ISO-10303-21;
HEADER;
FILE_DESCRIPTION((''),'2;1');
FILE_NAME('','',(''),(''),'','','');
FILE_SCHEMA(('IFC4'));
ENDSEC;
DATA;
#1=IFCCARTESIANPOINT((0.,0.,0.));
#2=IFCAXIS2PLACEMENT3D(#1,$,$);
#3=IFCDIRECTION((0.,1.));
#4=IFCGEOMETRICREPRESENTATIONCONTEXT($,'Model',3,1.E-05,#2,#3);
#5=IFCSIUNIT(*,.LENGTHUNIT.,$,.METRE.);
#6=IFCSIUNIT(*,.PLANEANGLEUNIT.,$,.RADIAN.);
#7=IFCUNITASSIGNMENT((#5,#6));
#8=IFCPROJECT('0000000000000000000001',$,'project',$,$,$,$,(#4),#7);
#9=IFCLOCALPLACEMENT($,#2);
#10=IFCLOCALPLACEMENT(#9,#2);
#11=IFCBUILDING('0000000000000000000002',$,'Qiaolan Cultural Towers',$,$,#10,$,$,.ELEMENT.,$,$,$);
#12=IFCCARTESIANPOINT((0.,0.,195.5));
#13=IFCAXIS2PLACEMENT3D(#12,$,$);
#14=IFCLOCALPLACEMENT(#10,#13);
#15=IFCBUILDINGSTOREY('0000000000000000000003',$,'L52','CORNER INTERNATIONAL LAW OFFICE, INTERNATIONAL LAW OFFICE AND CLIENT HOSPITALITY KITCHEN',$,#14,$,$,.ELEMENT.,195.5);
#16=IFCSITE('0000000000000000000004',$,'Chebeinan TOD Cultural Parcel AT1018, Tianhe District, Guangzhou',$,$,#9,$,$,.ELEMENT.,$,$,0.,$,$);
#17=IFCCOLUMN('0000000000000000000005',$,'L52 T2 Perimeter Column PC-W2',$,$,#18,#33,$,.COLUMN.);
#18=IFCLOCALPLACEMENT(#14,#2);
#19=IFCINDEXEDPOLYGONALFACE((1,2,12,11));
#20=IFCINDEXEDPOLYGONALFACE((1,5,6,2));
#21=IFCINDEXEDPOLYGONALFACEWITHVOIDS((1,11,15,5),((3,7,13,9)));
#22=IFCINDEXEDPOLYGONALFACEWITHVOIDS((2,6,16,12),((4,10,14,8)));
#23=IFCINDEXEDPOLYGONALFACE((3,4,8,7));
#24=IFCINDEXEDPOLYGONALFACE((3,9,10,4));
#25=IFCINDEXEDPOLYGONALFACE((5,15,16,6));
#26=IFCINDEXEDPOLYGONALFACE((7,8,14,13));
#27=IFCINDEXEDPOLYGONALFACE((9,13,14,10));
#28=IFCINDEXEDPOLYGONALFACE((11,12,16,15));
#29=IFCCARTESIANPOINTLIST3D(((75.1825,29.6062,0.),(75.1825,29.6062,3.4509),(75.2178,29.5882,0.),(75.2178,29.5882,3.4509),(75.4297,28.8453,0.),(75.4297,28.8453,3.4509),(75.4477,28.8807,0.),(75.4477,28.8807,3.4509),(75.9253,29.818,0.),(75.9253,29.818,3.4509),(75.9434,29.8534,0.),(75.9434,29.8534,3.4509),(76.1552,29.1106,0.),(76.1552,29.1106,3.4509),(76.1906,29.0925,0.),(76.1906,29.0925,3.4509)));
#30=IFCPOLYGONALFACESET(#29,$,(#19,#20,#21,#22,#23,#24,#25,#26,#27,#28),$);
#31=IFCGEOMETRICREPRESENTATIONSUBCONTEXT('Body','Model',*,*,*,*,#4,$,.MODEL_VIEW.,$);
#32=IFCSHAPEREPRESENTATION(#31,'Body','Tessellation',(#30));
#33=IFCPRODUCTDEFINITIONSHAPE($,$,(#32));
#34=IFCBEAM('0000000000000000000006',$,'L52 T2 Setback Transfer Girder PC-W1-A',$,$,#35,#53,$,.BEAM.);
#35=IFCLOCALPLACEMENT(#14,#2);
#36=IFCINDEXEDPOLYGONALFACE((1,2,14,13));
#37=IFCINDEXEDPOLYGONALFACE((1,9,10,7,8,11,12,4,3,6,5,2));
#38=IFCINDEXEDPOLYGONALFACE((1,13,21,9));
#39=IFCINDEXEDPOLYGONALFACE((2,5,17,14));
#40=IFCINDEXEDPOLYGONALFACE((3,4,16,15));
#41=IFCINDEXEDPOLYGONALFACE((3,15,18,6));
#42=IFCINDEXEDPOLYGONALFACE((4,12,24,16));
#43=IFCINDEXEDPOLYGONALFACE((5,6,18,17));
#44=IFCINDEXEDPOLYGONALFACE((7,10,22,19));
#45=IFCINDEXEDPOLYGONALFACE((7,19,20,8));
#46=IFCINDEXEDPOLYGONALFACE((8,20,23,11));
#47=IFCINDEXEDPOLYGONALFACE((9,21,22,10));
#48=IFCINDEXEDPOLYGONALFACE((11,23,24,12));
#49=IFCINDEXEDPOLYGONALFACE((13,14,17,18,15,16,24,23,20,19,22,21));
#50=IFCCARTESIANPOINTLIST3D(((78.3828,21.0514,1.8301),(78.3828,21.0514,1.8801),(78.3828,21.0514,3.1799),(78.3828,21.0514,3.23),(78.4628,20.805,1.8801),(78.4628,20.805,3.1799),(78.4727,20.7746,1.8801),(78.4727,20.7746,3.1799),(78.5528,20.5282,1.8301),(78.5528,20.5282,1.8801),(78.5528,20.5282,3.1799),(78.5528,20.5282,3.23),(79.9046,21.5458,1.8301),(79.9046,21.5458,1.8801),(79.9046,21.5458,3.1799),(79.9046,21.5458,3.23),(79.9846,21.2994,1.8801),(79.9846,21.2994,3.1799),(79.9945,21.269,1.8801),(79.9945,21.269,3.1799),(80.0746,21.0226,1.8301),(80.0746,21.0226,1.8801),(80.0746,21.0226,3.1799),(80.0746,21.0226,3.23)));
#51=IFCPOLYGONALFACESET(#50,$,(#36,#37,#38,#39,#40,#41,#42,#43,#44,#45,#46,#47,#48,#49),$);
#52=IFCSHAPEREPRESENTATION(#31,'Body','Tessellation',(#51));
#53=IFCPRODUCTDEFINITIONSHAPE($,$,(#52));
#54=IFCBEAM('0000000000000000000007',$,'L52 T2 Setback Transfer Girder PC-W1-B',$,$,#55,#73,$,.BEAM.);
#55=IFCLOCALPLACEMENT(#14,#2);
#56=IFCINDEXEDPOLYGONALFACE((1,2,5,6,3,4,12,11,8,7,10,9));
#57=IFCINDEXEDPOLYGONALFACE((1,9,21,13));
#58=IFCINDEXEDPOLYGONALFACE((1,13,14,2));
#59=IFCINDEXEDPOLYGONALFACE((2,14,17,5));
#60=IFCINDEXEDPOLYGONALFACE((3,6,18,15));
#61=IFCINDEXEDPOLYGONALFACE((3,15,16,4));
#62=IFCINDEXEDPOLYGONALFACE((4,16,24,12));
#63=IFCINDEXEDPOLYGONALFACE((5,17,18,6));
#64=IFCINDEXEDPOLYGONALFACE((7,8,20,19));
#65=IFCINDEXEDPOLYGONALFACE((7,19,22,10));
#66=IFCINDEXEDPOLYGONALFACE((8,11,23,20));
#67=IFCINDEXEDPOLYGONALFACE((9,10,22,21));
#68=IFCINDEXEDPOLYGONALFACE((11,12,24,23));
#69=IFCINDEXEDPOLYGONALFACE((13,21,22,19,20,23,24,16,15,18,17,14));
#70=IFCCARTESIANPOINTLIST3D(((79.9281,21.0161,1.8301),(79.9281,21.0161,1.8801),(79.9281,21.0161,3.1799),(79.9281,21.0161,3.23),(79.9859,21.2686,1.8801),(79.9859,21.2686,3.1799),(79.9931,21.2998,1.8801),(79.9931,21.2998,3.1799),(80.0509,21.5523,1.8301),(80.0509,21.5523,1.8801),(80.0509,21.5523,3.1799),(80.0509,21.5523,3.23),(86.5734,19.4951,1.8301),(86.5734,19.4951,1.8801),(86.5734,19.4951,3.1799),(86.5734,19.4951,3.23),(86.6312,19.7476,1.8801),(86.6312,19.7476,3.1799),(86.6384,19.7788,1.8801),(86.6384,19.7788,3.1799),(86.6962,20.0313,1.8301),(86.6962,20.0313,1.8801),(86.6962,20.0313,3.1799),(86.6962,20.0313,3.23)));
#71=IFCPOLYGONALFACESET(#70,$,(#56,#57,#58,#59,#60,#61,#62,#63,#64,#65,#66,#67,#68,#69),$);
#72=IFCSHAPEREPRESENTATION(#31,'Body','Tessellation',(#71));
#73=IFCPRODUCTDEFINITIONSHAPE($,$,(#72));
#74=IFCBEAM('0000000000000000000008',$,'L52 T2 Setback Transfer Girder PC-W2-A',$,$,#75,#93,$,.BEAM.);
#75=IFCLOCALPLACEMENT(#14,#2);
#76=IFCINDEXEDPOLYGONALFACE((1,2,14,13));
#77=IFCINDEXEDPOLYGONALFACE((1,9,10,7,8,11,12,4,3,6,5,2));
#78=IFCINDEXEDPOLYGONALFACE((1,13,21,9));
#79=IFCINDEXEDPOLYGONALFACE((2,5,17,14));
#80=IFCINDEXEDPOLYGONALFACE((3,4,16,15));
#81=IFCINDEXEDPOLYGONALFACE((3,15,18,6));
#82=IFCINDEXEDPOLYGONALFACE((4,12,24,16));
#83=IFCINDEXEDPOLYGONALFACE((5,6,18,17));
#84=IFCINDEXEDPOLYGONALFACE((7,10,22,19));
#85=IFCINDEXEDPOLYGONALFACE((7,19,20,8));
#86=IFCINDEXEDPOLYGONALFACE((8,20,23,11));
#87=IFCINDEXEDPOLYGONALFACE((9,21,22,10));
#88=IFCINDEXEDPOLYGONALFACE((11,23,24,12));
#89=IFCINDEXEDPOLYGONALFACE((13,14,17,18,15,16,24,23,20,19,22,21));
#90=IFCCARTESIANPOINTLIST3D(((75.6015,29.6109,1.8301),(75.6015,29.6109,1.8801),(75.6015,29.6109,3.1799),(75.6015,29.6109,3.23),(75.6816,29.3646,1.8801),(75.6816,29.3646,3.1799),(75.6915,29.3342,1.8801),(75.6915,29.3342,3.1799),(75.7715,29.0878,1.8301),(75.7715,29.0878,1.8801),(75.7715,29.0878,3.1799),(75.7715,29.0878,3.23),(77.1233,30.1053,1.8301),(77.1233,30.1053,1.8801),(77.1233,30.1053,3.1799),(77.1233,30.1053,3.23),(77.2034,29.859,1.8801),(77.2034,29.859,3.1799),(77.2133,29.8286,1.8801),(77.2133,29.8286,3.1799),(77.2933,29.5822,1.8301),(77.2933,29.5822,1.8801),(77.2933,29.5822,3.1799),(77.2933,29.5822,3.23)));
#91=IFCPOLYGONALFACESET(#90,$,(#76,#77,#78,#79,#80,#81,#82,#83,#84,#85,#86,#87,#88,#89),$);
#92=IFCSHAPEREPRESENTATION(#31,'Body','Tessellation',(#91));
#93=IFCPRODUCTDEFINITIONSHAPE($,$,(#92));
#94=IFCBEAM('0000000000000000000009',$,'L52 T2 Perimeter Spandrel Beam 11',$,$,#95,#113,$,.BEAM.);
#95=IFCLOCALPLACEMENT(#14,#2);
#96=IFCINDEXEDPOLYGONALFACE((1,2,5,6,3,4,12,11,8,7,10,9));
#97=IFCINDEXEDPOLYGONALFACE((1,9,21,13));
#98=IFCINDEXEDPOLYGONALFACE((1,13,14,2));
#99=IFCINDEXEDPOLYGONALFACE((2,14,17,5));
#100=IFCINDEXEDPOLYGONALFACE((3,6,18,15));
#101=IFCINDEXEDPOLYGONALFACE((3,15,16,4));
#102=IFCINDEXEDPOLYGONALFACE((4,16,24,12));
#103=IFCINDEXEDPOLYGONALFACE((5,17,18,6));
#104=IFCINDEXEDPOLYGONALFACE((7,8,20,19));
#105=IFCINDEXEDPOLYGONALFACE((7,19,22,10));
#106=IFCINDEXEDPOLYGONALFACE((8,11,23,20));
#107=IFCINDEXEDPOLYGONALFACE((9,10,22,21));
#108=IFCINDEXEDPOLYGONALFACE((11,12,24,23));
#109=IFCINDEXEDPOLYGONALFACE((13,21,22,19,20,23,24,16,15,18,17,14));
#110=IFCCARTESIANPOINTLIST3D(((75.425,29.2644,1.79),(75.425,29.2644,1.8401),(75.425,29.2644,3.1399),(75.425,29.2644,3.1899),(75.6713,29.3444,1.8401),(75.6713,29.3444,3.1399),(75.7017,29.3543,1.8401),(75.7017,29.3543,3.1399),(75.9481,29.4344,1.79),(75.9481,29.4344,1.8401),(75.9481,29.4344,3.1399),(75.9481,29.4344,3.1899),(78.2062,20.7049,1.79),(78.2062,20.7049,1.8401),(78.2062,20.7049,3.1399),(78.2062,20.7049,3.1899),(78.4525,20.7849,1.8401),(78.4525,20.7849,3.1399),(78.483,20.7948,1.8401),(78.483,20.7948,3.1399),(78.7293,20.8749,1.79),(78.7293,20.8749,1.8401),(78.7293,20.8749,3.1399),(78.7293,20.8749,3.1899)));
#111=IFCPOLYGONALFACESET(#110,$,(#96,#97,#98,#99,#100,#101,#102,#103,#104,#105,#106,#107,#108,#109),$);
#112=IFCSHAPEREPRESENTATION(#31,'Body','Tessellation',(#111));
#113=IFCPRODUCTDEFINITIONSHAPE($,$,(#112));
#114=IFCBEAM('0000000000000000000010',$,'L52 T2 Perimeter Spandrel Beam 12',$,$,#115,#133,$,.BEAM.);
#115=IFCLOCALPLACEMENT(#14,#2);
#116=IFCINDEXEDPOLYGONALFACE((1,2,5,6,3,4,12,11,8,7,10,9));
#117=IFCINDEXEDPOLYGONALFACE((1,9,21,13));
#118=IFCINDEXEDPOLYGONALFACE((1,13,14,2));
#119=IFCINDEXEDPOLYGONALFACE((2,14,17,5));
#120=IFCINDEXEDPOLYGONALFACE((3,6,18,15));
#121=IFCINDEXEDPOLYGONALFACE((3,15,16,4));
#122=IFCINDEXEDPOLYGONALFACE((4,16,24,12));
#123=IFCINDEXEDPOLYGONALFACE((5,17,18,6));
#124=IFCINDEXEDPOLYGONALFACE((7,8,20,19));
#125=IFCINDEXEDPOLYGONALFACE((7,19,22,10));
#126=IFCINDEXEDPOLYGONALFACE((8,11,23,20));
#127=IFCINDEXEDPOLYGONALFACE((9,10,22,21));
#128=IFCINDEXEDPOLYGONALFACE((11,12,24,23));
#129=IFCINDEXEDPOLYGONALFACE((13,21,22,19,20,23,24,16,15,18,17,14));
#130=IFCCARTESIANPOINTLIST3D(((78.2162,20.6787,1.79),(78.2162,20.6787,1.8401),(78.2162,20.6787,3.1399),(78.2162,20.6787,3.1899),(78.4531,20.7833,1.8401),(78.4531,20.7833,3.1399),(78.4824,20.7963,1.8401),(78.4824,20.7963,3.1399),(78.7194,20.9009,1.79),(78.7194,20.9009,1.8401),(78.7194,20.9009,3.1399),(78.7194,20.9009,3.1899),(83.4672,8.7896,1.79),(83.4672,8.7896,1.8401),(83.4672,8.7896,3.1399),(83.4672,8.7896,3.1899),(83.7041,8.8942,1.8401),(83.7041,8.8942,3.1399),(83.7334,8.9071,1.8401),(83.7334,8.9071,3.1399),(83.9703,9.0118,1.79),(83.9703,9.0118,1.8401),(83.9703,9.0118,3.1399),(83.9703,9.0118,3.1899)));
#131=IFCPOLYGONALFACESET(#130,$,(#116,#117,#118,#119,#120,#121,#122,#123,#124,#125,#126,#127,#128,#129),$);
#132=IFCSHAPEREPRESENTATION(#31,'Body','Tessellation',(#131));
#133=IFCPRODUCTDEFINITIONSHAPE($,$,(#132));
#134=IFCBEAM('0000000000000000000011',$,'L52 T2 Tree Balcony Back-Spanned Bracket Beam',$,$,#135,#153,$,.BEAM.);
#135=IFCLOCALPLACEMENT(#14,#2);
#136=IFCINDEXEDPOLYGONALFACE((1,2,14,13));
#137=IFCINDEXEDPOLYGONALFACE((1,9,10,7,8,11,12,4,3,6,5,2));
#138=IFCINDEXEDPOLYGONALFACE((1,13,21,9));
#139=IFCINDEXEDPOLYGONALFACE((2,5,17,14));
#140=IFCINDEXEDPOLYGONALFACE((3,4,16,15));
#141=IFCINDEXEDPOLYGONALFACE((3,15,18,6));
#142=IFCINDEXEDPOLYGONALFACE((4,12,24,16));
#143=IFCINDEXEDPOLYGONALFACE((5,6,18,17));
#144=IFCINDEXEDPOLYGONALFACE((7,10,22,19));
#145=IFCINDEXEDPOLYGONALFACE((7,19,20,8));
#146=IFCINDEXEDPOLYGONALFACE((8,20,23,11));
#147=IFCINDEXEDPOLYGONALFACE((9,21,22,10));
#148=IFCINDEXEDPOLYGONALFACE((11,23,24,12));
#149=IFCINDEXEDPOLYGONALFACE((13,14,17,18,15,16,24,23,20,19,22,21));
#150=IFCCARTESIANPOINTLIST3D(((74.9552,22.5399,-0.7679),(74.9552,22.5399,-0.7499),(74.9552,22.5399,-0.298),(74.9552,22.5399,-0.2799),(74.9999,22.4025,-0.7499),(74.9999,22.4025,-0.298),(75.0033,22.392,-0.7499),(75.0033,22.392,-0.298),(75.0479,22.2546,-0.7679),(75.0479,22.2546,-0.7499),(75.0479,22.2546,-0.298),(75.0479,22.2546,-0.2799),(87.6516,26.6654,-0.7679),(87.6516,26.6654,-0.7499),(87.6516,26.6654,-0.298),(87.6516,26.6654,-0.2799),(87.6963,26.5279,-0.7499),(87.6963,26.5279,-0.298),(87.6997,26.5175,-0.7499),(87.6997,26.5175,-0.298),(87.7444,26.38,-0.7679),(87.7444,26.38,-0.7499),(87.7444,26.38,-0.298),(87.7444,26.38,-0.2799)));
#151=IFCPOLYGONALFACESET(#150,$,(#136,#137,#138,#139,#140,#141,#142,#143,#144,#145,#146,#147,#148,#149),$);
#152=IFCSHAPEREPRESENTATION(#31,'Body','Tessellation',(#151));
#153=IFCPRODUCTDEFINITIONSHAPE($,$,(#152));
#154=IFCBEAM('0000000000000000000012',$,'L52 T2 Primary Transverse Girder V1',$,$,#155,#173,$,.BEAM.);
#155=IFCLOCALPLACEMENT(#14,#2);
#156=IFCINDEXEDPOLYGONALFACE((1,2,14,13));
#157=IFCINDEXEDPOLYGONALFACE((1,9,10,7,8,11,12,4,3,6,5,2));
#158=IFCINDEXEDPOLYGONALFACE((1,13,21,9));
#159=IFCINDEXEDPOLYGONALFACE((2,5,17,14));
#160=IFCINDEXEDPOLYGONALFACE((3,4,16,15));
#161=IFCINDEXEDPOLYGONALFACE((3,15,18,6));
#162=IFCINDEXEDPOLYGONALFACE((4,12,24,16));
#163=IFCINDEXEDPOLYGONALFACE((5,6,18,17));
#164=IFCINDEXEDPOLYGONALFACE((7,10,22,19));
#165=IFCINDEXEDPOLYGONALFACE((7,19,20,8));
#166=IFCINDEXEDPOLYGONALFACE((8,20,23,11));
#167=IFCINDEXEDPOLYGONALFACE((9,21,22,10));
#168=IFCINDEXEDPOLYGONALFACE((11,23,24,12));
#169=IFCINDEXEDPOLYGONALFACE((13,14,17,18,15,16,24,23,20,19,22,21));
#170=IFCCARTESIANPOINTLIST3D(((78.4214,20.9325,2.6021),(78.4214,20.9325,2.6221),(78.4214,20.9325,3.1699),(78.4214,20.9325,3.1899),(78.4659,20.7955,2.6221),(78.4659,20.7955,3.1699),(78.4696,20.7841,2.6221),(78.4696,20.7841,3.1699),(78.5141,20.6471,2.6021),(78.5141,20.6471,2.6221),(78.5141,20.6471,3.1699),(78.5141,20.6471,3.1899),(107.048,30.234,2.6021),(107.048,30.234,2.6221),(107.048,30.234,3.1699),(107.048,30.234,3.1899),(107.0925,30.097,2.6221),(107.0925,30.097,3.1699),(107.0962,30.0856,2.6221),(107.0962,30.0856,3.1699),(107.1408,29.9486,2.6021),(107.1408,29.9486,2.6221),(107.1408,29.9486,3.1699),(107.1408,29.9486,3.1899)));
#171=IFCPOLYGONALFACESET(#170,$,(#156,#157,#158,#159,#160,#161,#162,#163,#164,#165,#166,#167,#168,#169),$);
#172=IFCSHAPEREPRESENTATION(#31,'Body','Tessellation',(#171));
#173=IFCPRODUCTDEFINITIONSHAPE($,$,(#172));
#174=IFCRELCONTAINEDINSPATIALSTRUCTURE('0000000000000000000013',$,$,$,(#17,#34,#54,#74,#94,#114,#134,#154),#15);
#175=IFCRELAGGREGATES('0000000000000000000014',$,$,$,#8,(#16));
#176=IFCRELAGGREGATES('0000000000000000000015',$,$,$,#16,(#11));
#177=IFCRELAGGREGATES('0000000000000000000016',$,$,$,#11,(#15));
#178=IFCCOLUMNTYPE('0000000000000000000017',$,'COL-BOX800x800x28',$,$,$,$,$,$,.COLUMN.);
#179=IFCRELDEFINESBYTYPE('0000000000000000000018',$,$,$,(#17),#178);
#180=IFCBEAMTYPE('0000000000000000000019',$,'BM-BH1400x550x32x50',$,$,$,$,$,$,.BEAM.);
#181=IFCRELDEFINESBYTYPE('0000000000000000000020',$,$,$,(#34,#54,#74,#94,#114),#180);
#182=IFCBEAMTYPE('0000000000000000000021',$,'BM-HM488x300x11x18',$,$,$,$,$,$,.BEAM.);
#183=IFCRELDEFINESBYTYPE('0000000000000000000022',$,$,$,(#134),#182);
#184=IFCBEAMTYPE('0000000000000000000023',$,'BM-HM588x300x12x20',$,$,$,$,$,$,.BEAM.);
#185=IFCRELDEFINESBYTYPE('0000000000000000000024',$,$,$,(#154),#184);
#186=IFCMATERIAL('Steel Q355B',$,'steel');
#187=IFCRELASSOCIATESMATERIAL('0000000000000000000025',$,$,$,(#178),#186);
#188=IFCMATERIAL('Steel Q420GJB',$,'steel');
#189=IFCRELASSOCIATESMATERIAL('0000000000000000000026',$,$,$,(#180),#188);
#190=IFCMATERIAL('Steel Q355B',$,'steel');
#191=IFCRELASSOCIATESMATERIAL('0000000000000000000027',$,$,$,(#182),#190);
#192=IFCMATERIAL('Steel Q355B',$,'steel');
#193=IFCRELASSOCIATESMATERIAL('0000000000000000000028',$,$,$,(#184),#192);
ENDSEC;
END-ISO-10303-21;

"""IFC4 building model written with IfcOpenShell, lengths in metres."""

from ifc_helpers import new_model, si_unit, direction, frame, origin, origin_2d, place, context, subcontext, project, spatial, hollow_rectangle, i_section, extrude, material, material_profile, profile_set, type_object, element, save


model = new_model("IFC4")

# Units and contexts
model_context = context("Model", 3, precision=1e-05, world=origin(), true_north=direction((0.0, 1.0)))
body_context = subcontext(model_context, "Body", "Model", "MODEL_VIEW")
ifc_project = project(units=[si_unit("LENGTHUNIT", "METRE"), si_unit("PLANEANGLEUNIT", "RADIAN")], contexts=[model_context])

# Site, building, storey
site_placement = place(None, origin())
site = spatial("IfcSite", under=ifc_project, at=site_placement, Name="Chebeinan TOD Cultural Parcel AT1018, Tianhe District, Guangzhou", CompositionType="ELEMENT", RefElevation=0.0)
building_placement = place(site_placement, origin())
building = spatial("IfcBuilding", under=site, at=building_placement, Name="Qiaolan Cultural Towers", CompositionType="ELEMENT")
storey_placement = place(building_placement, frame((0.0, 0.0, 195.5)))
storey = spatial("IfcBuildingStorey", under=building, at=storey_placement, Name="L52", Description="CORNER INTERNATIONAL LAW OFFICE, INTERNATIONAL LAW OFFICE AND CLIENT HOSPITALITY KITCHEN", CompositionType="ELEMENT", Elevation=195.5)

# Column
ifc_material_1 = material(Name="Steel Q355B", Category="steel")
ifc_material_profile_1 = material_profile(ifc_material_1, hollow_rectangle(XDim=0.8, YDim=0.8, WallThickness=0.0281, at=origin_2d()), Name="BOX800x800x28")
ifc_profile_set_1 = profile_set([ifc_material_profile_1], Name="Steel Q355B")
column_type = type_object("IfcColumnType", Name="COL-BOX800x800x28", PredefinedType="COLUMN", material=ifc_profile_set_1)
column_placement = place(storey_placement, frame((75.6865, 29.3494, 0.0), z_axis=(0.0, 0.0, 1.0), x_axis=(0.951057, 0.309017, 0.0)))
element("IfcColumn", 1, at=column_placement, inside=storey, type_object=column_type, Name="L52 T2 Perimeter Column PC-W2", PredefinedType="COLUMN", context=body_context, shape_type="SweptSolid", body=[
    extrude(hollow_rectangle(XDim=0.8, YDim=0.8, WallThickness=0.0281, at=origin_2d()), origin(), (0.0, 0.0, 1.0), 3.4509),
])

# Beams
ifc_material_2 = material(Name="Steel Q420GJB", Category="steel")
ifc_material_profile_2 = material_profile(ifc_material_2, i_section(OverallWidth=0.55, OverallDepth=1.3999, WebThickness=0.032, FlangeThickness=0.05, at=origin_2d()), Name="BH1400x550x32x50")
ifc_profile_set_2 = profile_set([ifc_material_profile_2], Name="Steel Q420GJB")
beam_type_1 = type_object("IfcBeamType", Name="BM-BH1400x550x32x50", PredefinedType="BEAM", material=ifc_profile_set_2)
beam_1_placement = place(storey_placement, frame((78.4678, 20.7898, 2.53), z_axis=(0.951067, 0.308986, 0.0), x_axis=(-0.308986, 0.951067, 0.0)))
element("IfcBeam", 2, at=beam_1_placement, inside=storey, type_object=beam_type_1, Name="L52 T2 Setback Transfer Girder PC-W1-A", PredefinedType="BEAM", context=body_context, shape_type="SweptSolid", body=[
    extrude(i_section(OverallWidth=0.55, OverallDepth=1.3999, WebThickness=0.032, FlangeThickness=0.05, at=origin_2d()), origin(), (0.0, 0.0, 1.0), 1.6001),
])
beam_2_placement = place(storey_placement, frame((79.9895, 21.2842, 2.53), z_axis=(0.974792, -0.223115, 0.0), x_axis=(0.223115, 0.974792, 0.0)))
element("IfcBeam", 3, at=beam_2_placement, inside=storey, type_object=beam_type_1, Name="L52 T2 Setback Transfer Girder PC-W1-B", PredefinedType="BEAM", context=body_context, shape_type="SweptSolid", body=[
    extrude(i_section(OverallWidth=0.55, OverallDepth=1.3999, WebThickness=0.032, FlangeThickness=0.05, at=origin_2d()), origin(), (0.0, 0.0, 1.0), 6.8171),
])
beam_3_placement = place(storey_placement, frame((75.6865, 29.3494, 2.53), z_axis=(0.951067, 0.308986, 0.0), x_axis=(-0.308986, 0.951067, 0.0)))
element("IfcBeam", 4, at=beam_3_placement, inside=storey, type_object=beam_type_1, Name="L52 T2 Setback Transfer Girder PC-W2-A", PredefinedType="BEAM", context=body_context, shape_type="SweptSolid", body=[
    extrude(i_section(OverallWidth=0.55, OverallDepth=1.3999, WebThickness=0.032, FlangeThickness=0.05, at=origin_2d()), origin(), (0.0, 0.0, 1.0), 1.6001),
])
beam_4_placement = place(storey_placement, frame((75.6865, 29.3494, 2.49), z_axis=(0.309025, -0.951054, 0.0), x_axis=(0.951054, 0.309025, 0.0)))
element("IfcBeam", 5, at=beam_4_placement, inside=storey, type_object=beam_type_1, Name="L52 T2 Perimeter Spandrel Beam 11", PredefinedType="BEAM", context=body_context, shape_type="SweptSolid", body=[
    extrude(i_section(OverallWidth=0.55, OverallDepth=1.3999, WebThickness=0.032, FlangeThickness=0.05, at=origin_2d()), origin(), (0.0, 0.0, 1.0), 9.0),
])
beam_5_placement = place(storey_placement, frame((78.4678, 20.7898, 2.49), z_axis=(0.404011, -0.914754, 0.0), x_axis=(0.914754, 0.404011, 0.0)))
element("IfcBeam", 6, at=beam_5_placement, inside=storey, type_object=beam_type_1, Name="L52 T2 Perimeter Spandrel Beam 12", PredefinedType="BEAM", context=body_context, shape_type="SweptSolid", body=[
    extrude(i_section(OverallWidth=0.55, OverallDepth=1.3999, WebThickness=0.032, FlangeThickness=0.05, at=origin_2d()), origin(), (0.0, 0.0, 1.0), 12.9971),
])
ifc_material_3 = material(Name="Steel Q355B", Category="steel")
ifc_material_profile_3 = material_profile(ifc_material_3, i_section(OverallWidth=0.3, OverallDepth=0.488, WebThickness=0.011, FlangeThickness=0.0181, at=origin_2d()), Name="HM488x300x11x18")
ifc_profile_set_3 = profile_set([ifc_material_profile_3], Name="Steel Q355B")
beam_type_2 = type_object("IfcBeamType", Name="BM-HM488x300x11x18", PredefinedType="BEAM", material=ifc_profile_set_3)
beam_6_placement = place(storey_placement, frame((87.698, 26.5227, -0.5239), z_axis=(-0.951054, -0.309026, 0.0), x_axis=(0.309026, -0.951054, 0.0)))
element("IfcBeam", 7, at=beam_6_placement, inside=storey, type_object=beam_type_2, Name="L52 T2 Tree Balcony Back-Spanned Bracket Beam", PredefinedType="BEAM", context=body_context, shape_type="SweptSolid", body=[
    extrude(i_section(OverallWidth=0.3, OverallDepth=0.488, WebThickness=0.011, FlangeThickness=0.0181, at=origin_2d()), origin(), (0.0, 0.0, 1.0), 13.3499),
])
ifc_material_4 = material(Name="Steel Q355B", Category="steel")
ifc_material_profile_4 = material_profile(ifc_material_4, i_section(OverallWidth=0.3, OverallDepth=0.5879, WebThickness=0.012, FlangeThickness=0.02, at=origin_2d()), Name="HM588x300x12x20")
ifc_profile_set_4 = profile_set([ifc_material_profile_4], Name="Steel Q355B")
beam_type_3 = type_object("IfcBeamType", Name="BM-HM588x300x12x20", PredefinedType="BEAM", material=ifc_profile_set_4)
beam_7_placement = place(storey_placement, frame((78.4678, 20.7898, 2.896), z_axis=(0.951055, 0.309021, 0.0), x_axis=(-0.309021, 0.951055, 0.0)))
element("IfcBeam", 8, at=beam_7_placement, inside=storey, type_object=beam_type_3, Name="L52 T2 Primary Transverse Girder V1", PredefinedType="BEAM", context=body_context, shape_type="SweptSolid", body=[
    extrude(i_section(OverallWidth=0.3, OverallDepth=0.5879, WebThickness=0.012, FlangeThickness=0.02, at=origin_2d()), origin(), (0.0, 0.0, 1.0), 30.0999),
])

save(model, "model.ifc")
